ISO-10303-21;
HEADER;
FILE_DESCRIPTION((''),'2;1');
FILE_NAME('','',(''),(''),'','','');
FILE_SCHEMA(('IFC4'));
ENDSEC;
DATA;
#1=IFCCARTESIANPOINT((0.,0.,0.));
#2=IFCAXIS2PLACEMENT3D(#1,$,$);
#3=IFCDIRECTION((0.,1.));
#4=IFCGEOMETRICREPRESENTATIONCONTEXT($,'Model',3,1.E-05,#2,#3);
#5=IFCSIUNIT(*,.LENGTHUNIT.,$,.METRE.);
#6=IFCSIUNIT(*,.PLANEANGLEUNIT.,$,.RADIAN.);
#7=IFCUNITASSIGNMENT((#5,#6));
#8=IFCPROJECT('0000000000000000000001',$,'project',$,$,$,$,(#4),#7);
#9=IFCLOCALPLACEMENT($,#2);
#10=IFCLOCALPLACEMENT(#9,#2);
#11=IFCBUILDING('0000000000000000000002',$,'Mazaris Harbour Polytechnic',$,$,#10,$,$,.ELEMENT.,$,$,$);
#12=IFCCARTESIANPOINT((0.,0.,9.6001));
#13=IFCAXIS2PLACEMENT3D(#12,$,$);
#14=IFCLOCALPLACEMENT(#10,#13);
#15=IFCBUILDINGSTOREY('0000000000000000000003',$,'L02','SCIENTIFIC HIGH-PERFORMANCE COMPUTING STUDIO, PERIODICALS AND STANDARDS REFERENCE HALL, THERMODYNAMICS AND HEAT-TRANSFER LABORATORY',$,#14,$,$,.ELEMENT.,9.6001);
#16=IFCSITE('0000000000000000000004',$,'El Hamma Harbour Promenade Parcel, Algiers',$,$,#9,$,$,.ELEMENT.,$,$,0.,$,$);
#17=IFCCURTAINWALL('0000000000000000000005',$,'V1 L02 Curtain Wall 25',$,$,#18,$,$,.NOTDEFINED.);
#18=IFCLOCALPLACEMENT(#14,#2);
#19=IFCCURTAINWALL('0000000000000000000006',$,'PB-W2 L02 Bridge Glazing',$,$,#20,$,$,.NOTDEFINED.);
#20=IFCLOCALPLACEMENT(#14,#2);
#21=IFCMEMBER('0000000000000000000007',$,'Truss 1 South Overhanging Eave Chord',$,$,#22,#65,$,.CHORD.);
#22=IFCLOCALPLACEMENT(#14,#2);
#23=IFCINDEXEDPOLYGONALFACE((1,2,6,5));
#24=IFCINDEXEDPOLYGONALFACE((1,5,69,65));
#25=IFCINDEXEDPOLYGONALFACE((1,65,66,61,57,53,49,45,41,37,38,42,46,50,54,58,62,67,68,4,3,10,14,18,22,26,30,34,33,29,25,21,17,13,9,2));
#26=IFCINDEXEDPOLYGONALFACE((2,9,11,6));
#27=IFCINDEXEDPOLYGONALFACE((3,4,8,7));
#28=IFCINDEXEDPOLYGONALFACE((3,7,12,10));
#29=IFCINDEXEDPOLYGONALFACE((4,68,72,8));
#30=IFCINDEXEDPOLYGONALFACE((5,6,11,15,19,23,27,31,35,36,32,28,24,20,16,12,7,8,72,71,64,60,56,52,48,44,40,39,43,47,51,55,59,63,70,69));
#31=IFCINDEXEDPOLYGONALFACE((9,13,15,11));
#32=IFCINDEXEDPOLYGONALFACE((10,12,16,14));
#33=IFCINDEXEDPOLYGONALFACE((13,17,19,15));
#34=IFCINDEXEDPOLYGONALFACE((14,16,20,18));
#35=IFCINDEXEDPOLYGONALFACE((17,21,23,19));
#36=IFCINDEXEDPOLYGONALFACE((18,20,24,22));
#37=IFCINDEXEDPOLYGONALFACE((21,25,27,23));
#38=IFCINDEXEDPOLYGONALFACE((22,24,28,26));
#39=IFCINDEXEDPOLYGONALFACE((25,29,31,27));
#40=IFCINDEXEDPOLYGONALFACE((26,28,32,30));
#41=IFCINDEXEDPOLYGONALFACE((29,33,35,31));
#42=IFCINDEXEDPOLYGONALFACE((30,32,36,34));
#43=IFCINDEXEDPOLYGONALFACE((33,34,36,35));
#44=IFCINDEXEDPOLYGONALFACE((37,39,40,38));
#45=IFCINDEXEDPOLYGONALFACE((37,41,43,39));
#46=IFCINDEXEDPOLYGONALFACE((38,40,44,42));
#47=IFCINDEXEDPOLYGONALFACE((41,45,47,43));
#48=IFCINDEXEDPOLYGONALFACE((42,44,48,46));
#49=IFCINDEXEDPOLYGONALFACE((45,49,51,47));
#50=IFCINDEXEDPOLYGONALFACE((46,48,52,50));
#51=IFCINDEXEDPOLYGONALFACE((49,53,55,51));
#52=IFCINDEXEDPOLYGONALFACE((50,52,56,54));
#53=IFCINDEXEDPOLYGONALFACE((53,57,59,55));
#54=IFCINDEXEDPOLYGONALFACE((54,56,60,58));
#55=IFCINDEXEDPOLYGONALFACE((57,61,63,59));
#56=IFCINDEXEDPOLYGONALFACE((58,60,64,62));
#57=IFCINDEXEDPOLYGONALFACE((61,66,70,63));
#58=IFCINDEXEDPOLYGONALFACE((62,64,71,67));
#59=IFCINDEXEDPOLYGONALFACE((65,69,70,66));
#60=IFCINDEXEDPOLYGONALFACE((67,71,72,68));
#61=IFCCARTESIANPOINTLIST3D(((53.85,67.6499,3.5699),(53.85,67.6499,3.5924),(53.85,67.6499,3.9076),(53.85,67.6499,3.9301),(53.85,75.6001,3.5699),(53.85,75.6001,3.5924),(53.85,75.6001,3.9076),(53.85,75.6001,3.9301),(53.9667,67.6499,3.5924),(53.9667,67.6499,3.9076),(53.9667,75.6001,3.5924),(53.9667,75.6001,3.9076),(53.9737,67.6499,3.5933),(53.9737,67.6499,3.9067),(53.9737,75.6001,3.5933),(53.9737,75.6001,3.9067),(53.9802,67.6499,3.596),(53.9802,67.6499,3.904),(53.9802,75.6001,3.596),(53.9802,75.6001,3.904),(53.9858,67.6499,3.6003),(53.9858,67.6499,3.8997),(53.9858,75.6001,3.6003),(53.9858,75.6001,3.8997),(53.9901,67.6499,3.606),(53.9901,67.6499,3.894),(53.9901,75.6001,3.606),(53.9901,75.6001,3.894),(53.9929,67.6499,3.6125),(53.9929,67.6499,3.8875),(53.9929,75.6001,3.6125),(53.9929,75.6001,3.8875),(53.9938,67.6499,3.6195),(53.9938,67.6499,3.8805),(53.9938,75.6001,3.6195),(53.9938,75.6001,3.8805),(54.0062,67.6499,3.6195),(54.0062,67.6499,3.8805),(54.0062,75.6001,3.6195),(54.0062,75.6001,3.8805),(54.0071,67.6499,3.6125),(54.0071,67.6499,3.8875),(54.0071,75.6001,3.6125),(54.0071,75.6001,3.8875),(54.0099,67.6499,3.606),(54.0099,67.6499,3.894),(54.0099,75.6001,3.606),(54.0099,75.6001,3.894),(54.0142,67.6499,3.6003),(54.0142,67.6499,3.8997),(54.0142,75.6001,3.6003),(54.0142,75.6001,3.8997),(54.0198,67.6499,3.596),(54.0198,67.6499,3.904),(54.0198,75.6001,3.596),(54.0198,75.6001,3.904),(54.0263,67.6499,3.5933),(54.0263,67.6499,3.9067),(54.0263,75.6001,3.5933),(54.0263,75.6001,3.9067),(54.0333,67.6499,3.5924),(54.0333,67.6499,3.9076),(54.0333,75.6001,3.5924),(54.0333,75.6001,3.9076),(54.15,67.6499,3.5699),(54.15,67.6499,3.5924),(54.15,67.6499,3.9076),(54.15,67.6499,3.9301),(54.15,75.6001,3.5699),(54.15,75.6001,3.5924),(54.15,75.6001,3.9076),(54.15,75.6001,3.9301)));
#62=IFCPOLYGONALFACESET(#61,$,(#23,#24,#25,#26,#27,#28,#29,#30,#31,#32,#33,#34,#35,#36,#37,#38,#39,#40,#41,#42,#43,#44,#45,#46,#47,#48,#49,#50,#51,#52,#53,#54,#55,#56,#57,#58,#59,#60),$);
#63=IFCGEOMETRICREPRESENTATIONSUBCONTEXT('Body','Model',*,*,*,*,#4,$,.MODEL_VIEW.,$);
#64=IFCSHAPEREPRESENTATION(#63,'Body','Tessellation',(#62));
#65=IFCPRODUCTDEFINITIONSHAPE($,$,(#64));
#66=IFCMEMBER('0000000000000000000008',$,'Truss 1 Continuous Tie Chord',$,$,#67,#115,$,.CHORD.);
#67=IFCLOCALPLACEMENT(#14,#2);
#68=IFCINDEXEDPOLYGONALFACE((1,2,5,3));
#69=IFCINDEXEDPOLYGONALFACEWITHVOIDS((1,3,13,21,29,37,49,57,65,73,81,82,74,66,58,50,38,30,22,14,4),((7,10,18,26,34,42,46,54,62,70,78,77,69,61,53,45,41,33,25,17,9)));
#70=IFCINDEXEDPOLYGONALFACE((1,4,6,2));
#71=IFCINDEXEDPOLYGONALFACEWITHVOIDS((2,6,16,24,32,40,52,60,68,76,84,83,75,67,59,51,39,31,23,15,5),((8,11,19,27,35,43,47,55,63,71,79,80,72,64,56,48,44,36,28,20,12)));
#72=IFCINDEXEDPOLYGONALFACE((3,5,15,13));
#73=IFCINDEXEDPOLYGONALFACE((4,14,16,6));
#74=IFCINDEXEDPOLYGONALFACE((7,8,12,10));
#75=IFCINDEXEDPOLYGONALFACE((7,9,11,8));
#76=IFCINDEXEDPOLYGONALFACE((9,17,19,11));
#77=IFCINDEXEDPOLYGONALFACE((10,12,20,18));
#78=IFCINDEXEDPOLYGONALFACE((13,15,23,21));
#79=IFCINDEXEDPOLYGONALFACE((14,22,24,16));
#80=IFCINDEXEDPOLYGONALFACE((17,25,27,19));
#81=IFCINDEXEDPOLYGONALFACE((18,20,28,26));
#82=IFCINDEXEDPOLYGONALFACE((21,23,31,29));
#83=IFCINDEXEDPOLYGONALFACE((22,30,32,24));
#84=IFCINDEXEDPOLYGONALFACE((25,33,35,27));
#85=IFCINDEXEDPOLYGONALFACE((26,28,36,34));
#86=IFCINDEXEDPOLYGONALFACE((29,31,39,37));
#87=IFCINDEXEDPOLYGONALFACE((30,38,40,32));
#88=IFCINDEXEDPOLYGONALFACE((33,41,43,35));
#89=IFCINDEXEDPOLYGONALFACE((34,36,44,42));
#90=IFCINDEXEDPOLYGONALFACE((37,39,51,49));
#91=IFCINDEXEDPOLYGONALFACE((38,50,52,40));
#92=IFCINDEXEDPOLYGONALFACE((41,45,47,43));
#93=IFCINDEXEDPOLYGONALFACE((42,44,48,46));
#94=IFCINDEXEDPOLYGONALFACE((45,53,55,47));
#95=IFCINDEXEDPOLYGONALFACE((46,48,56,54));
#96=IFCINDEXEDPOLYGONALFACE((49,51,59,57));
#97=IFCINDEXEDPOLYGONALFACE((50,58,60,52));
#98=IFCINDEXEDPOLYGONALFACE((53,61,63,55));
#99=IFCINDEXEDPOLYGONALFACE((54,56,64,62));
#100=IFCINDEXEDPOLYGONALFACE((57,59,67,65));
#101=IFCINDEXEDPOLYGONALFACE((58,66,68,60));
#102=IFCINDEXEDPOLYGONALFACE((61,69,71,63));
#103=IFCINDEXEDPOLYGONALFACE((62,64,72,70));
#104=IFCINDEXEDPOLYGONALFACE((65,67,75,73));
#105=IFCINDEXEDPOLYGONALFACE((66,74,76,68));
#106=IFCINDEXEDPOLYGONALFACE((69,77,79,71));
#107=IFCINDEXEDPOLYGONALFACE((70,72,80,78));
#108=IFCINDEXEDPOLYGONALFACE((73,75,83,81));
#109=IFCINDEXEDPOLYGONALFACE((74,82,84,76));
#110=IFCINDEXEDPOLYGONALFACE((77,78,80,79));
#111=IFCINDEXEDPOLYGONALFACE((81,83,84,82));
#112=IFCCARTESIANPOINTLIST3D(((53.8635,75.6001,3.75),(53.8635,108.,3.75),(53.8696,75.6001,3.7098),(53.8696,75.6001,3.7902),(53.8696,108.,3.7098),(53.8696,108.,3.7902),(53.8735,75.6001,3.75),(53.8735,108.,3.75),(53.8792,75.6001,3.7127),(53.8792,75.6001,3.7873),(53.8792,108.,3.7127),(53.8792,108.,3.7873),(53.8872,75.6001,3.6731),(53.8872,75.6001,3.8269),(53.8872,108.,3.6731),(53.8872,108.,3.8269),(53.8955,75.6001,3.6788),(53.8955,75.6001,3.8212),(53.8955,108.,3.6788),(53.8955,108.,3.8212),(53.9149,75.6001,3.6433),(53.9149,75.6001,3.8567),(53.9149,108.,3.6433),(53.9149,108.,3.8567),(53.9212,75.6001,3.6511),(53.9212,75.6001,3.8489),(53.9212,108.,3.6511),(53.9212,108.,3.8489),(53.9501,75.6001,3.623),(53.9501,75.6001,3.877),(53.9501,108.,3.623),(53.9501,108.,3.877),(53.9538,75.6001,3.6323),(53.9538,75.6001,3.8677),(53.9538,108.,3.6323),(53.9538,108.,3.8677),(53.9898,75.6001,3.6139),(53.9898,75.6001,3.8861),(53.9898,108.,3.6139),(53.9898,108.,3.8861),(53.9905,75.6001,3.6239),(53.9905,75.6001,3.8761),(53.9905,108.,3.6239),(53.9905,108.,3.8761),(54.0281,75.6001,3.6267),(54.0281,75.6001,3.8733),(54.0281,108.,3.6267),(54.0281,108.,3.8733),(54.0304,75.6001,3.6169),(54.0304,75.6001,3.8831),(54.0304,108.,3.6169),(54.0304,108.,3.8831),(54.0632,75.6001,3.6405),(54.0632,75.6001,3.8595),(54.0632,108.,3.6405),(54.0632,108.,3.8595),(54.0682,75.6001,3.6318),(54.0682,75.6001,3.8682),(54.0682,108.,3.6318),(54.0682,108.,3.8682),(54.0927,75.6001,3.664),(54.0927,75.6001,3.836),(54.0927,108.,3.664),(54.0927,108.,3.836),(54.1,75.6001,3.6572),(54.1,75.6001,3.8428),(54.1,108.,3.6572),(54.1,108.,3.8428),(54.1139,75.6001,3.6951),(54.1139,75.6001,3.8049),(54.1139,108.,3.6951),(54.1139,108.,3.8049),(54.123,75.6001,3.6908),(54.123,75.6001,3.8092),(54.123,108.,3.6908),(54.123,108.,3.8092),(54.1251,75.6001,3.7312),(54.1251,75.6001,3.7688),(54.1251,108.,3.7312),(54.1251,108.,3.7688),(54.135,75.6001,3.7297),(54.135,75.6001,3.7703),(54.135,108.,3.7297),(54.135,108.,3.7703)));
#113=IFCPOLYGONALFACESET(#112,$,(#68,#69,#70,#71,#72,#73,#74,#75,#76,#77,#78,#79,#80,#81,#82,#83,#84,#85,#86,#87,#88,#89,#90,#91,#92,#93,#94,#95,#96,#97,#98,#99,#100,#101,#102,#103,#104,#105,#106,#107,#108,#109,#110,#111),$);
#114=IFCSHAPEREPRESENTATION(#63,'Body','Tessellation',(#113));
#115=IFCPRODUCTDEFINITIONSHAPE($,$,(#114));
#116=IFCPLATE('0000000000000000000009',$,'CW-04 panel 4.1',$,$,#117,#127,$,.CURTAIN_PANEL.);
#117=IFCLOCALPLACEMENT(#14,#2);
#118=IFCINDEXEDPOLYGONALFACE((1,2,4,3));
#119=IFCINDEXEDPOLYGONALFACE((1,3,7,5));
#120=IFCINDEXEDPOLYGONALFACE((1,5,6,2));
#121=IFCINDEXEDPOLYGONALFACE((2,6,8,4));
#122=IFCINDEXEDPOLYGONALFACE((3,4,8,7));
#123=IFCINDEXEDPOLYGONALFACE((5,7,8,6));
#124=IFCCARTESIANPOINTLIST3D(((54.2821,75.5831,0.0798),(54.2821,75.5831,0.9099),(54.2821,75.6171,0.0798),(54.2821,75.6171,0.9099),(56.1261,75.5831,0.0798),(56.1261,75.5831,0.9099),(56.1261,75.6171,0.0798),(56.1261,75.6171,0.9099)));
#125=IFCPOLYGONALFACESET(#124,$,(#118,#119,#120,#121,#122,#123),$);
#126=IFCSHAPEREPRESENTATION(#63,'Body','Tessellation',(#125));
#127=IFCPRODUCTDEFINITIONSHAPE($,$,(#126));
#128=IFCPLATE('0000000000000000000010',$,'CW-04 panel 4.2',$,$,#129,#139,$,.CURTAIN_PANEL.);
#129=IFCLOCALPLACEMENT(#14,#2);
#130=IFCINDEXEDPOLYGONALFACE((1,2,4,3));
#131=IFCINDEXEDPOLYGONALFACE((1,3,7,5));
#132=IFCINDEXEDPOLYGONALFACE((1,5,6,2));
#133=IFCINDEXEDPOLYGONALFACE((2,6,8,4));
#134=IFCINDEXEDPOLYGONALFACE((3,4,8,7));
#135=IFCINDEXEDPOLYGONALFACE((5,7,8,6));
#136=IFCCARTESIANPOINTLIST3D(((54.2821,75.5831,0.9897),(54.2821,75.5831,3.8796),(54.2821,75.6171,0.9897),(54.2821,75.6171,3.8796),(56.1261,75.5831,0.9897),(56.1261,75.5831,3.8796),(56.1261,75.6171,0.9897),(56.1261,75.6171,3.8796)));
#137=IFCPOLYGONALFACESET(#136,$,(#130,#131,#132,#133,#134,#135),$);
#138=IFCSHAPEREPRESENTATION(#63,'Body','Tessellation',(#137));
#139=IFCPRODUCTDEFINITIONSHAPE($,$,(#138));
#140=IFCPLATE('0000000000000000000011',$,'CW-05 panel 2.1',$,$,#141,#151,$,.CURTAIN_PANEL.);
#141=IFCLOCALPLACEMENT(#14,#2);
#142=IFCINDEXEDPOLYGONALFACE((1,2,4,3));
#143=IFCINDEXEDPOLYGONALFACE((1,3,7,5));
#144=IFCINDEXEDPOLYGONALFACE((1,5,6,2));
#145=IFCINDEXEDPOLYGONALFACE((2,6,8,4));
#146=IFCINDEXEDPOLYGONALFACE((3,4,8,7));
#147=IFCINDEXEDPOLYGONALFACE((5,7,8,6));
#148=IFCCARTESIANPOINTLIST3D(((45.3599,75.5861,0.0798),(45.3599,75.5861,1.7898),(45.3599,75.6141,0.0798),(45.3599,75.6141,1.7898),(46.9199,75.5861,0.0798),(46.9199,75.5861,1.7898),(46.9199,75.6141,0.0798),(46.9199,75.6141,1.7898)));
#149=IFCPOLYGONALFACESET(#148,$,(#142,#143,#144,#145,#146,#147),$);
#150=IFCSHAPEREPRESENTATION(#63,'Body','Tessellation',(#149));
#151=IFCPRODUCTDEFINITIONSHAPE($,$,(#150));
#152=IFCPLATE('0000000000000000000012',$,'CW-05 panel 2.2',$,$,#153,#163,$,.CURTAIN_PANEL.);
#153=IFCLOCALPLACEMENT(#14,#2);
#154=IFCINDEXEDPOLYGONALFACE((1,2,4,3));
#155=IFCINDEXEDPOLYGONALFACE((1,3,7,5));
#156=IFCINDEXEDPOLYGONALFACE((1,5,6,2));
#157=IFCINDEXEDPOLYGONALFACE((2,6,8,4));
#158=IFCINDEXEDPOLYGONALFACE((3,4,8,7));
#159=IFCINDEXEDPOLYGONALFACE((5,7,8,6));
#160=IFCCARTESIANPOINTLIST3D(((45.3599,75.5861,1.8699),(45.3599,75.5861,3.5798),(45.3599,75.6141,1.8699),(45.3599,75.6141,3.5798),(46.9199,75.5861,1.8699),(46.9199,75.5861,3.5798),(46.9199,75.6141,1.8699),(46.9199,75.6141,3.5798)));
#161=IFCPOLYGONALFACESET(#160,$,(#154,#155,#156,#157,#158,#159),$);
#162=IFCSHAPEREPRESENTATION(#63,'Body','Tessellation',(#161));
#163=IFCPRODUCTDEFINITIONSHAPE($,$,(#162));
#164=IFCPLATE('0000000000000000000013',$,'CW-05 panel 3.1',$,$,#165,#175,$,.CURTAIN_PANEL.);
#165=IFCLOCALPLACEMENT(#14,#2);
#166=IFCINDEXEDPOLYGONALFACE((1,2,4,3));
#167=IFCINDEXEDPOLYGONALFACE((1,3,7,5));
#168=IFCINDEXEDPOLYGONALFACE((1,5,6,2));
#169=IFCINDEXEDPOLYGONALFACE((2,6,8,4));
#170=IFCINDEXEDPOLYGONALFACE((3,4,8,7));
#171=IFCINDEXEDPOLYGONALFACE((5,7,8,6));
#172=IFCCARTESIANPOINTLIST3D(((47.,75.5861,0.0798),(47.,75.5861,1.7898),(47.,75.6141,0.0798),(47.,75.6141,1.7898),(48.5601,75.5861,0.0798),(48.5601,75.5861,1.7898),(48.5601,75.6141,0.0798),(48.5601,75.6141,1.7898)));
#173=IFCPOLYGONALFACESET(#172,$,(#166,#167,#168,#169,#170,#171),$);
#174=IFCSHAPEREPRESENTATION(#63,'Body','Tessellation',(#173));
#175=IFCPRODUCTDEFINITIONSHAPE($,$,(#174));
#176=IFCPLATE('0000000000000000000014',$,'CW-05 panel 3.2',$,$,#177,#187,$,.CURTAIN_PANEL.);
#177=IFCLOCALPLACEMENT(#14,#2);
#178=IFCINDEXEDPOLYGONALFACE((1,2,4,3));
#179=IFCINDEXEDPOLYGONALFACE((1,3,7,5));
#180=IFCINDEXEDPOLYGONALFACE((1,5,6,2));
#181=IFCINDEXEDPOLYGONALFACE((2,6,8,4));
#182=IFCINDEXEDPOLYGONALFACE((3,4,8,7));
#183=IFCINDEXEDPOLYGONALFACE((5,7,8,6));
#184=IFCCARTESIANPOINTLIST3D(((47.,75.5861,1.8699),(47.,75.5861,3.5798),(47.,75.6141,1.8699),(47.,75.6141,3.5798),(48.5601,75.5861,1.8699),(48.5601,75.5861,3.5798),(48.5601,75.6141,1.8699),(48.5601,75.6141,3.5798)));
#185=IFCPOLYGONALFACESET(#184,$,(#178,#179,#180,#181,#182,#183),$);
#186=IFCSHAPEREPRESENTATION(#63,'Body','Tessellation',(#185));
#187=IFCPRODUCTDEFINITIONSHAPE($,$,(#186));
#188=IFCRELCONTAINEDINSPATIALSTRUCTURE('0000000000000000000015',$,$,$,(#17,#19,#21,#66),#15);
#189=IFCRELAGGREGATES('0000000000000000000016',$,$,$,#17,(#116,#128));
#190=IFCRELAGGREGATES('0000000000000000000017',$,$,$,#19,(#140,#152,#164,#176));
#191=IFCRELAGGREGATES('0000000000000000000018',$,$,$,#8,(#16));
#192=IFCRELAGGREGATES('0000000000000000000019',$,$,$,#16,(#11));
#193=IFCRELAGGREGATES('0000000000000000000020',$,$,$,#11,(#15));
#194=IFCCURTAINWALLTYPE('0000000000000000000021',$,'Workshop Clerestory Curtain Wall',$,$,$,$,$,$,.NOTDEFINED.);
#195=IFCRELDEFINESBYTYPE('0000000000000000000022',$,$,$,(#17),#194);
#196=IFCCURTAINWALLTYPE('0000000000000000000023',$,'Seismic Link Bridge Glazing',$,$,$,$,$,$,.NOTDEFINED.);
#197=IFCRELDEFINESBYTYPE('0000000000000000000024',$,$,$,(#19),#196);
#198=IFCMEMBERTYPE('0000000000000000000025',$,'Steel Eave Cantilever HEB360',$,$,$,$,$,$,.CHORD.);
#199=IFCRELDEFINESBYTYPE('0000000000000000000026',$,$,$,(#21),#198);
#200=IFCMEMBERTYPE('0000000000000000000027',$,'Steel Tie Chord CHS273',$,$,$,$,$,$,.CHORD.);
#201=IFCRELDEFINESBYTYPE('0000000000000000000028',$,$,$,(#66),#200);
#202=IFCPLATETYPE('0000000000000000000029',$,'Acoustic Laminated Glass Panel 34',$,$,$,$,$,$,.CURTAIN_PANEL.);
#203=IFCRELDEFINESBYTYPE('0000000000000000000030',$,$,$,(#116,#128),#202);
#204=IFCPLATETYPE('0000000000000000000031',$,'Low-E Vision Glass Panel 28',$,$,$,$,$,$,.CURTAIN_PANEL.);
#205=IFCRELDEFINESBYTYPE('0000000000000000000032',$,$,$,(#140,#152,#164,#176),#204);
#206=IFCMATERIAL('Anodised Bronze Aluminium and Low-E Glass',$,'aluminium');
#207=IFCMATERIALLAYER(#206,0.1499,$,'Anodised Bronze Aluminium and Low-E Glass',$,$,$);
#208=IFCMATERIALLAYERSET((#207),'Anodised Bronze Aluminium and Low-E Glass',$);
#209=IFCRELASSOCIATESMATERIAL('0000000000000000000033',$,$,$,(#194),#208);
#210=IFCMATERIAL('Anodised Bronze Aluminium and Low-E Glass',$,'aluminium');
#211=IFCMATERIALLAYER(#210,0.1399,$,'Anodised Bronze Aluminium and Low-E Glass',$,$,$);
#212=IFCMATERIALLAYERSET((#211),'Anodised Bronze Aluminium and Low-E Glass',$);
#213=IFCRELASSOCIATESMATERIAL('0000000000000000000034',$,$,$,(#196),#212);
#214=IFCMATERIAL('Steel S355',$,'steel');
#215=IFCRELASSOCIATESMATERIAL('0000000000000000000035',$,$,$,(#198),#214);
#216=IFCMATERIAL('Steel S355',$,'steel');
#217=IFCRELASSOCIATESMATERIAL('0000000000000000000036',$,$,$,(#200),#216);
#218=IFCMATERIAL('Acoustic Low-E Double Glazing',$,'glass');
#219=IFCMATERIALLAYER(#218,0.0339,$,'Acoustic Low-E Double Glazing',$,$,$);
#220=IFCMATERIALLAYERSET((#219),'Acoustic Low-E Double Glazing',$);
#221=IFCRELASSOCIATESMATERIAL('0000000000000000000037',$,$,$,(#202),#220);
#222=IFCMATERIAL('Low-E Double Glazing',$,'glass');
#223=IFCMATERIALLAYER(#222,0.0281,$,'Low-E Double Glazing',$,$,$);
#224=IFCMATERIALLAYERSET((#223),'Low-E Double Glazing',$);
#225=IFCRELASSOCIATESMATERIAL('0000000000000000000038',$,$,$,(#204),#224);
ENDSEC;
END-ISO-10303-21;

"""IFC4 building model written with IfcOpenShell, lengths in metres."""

from ifc_helpers import new_model, si_unit, direction, frame, origin, origin_2d, place, context, subcontext, project, spatial, rectangle, hollow_circle, i_section, extrude, material, layer, layer_set, material_profile, profile_set, type_object, element, aggregate, save


model = new_model("IFC4")

# Units and contexts
model_context = context("Model", 3, precision=1e-05, world=origin(), true_north=direction((0.0, 1.0)))
body_context = subcontext(model_context, "Body", "Model", "MODEL_VIEW")
ifc_project = project(units=[si_unit("LENGTHUNIT", "METRE"), si_unit("PLANEANGLEUNIT", "RADIAN")], contexts=[model_context])

# Site, building, storey
site_placement = place(None, origin())
site = spatial("IfcSite", under=ifc_project, at=site_placement, Name="El Hamma Harbour Promenade Parcel, Algiers", CompositionType="ELEMENT", RefElevation=0.0)
building_placement = place(site_placement, origin())
building = spatial("IfcBuilding", under=site, at=building_placement, Name="Mazaris Harbour Polytechnic", CompositionType="ELEMENT")
storey_placement = place(building_placement, frame((0.0, 0.0, 9.6001)))
storey = spatial("IfcBuildingStorey", under=building, at=storey_placement, Name="L02", Description="SCIENTIFIC HIGH-PERFORMANCE COMPUTING STUDIO, PERIODICALS AND STANDARDS REFERENCE HALL, THERMODYNAMICS AND HEAT-TRANSFER LABORATORY", CompositionType="ELEMENT", Elevation=9.6001)

# Curtain wall
ifc_material_1 = material(Name="Anodised Bronze Aluminium and Low-E Glass", Category="aluminium")
ifc_layer_1 = layer(ifc_material_1, 0.1499, Name="Anodised Bronze Aluminium and Low-E Glass")
ifc_layer_set_1 = layer_set([ifc_layer_1], Name="Anodised Bronze Aluminium and Low-E Glass")
curtain_wall_type_1 = type_object("IfcCurtainWallType", Name="Workshop Clerestory Curtain Wall", PredefinedType="NOTDEFINED", material=ifc_layer_set_1)
curtain_wall_1_placement = place(storey_placement, origin())
curtain_wall_1 = element("IfcCurtainWall", 1, at=curtain_wall_1_placement, inside=storey, type_object=curtain_wall_type_1, Name="V1 L02 Curtain Wall 25", PredefinedType="NOTDEFINED")

# Curtain wall
ifc_material_2 = material(Name="Anodised Bronze Aluminium and Low-E Glass", Category="aluminium")
ifc_layer_2 = layer(ifc_material_2, 0.1399, Name="Anodised Bronze Aluminium and Low-E Glass")
ifc_layer_set_2 = layer_set([ifc_layer_2], Name="Anodised Bronze Aluminium and Low-E Glass")
curtain_wall_type_2 = type_object("IfcCurtainWallType", Name="Seismic Link Bridge Glazing", PredefinedType="NOTDEFINED", material=ifc_layer_set_2)
curtain_wall_2_placement = place(storey_placement, origin())
curtain_wall_2 = element("IfcCurtainWall", 2, at=curtain_wall_2_placement, inside=storey, type_object=curtain_wall_type_2, Name="PB-W2 L02 Bridge Glazing", PredefinedType="NOTDEFINED")

# Members
ifc_material_3 = material(Name="Steel S355", Category="steel")
ifc_material_profile_1 = material_profile(ifc_material_3, i_section(OverallWidth=0.3, OverallDepth=0.3601, WebThickness=0.0125, FlangeThickness=0.0225, FilletRadius=0.0271, at=origin_2d()), Name="HEB 360")
ifc_profile_set_1 = profile_set([ifc_material_profile_1], Name="Steel S355")
member_type_1 = type_object("IfcMemberType", Name="Steel Eave Cantilever HEB360", PredefinedType="CHORD", material=ifc_profile_set_1)
member_1_placement = place(storey_placement, frame((54.0, 75.6001, 3.75), z_axis=(0.0, -1.0, 0.0), x_axis=(1.0, 0.0, 0.0)))
element("IfcMember", 3, at=member_1_placement, inside=storey, type_object=member_type_1, Name="Truss 1 South Overhanging Eave Chord", PredefinedType="CHORD", context=body_context, shape_type="SweptSolid", body=[
    extrude(i_section(OverallWidth=0.3, OverallDepth=0.3601, WebThickness=0.0125, FlangeThickness=0.0225, FilletRadius=0.0271, at=origin_2d()), origin(), (0.0, 0.0, 1.0), 7.9502),
])
ifc_material_4 = material(Name="Steel S355", Category="steel")
ifc_material_profile_2 = material_profile(ifc_material_4, hollow_circle(Radius=0.1365, WallThickness=0.01, at=origin_2d()), Name="CHS 273.0x10.0")
ifc_profile_set_2 = profile_set([ifc_material_profile_2], Name="Steel S355")
member_type_2 = type_object("IfcMemberType", Name="Steel Tie Chord CHS273", PredefinedType="CHORD", material=ifc_profile_set_2)
member_2_placement = place(storey_placement, frame((54.0, 75.6001, 3.75), z_axis=(0.0, 1.0, 0.0), x_axis=(-1.0, 0.0, 0.0)))
element("IfcMember", 4, at=member_2_placement, inside=storey, type_object=member_type_2, Name="Truss 1 Continuous Tie Chord", PredefinedType="CHORD", context=body_context, shape_type="SweptSolid", body=[
    extrude(hollow_circle(Radius=0.1365, WallThickness=0.01, at=origin_2d()), origin(), (0.0, 0.0, 1.0), 32.3999),
])

# Plates
ifc_material_5 = material(Name="Acoustic Low-E Double Glazing", Category="glass")
ifc_layer_3 = layer(ifc_material_5, 0.0339, Name="Acoustic Low-E Double Glazing")
ifc_layer_set_3 = layer_set([ifc_layer_3], Name="Acoustic Low-E Double Glazing")
plate_type_1 = type_object("IfcPlateType", Name="Acoustic Laminated Glass Panel 34", PredefinedType="CURTAIN_PANEL", material=ifc_layer_set_3)
plate_1_placement = place(storey_placement, frame((55.2041, 75.6001, 0.0798), z_axis=(0.0, 0.0, 1.0), x_axis=(-1.0, 0.0, 0.0)))
plate_1 = element("IfcPlate", 5, at=plate_1_placement, type_object=plate_type_1, Name="CW-04 panel 4.1", PredefinedType="CURTAIN_PANEL", context=body_context, shape_type="SweptSolid", body=[
    extrude(rectangle(XDim=1.844, YDim=0.0339, at=origin_2d()), origin(), (0.0, 0.0, 1.0), 0.8301),
])
plate_2_placement = place(storey_placement, frame((55.2041, 75.6001, 0.9897), z_axis=(0.0, 0.0, 1.0), x_axis=(-1.0, 0.0, 0.0)))
plate_2 = element("IfcPlate", 6, at=plate_2_placement, type_object=plate_type_1, Name="CW-04 panel 4.2", PredefinedType="CURTAIN_PANEL", context=body_context, shape_type="SweptSolid", body=[
    extrude(rectangle(XDim=1.844, YDim=0.0339, at=origin_2d()), origin(), (0.0, 0.0, 1.0), 2.8899),
])
aggregate(curtain_wall_1, [plate_1, plate_2])
ifc_material_6 = material(Name="Low-E Double Glazing", Category="glass")
ifc_layer_4 = layer(ifc_material_6, 0.0281, Name="Low-E Double Glazing")
ifc_layer_set_4 = layer_set([ifc_layer_4], Name="Low-E Double Glazing")
plate_type_2 = type_object("IfcPlateType", Name="Low-E Vision Glass Panel 28", PredefinedType="CURTAIN_PANEL", material=ifc_layer_set_4)
plate_3_placement = place(storey_placement, frame((46.1399, 75.6001, 0.0798), z_axis=(0.0, 0.0, 1.0), x_axis=(1.0, 0.0, 0.0)))
plate_3 = element("IfcPlate", 7, at=plate_3_placement, type_object=plate_type_2, Name="CW-05 panel 2.1", PredefinedType="CURTAIN_PANEL", context=body_context, shape_type="SweptSolid", body=[
    extrude(rectangle(XDim=1.5601, YDim=0.0281, at=origin_2d()), origin(), (0.0, 0.0, 1.0), 1.71),
])
plate_4_placement = place(storey_placement, frame((46.1399, 75.6001, 1.8699), z_axis=(0.0, 0.0, 1.0), x_axis=(1.0, 0.0, 0.0)))
plate_4 = element("IfcPlate", 8, at=plate_4_placement, type_object=plate_type_2, Name="CW-05 panel 2.2", PredefinedType="CURTAIN_PANEL", context=body_context, shape_type="SweptSolid", body=[
    extrude(rectangle(XDim=1.5601, YDim=0.0281, at=origin_2d()), origin(), (0.0, 0.0, 1.0), 1.71),
])
plate_5_placement = place(storey_placement, frame((47.78, 75.6001, 0.0798), z_axis=(0.0, 0.0, 1.0), x_axis=(1.0, 0.0, 0.0)))
plate_5 = element("IfcPlate", 9, at=plate_5_placement, type_object=plate_type_2, Name="CW-05 panel 3.1", PredefinedType="CURTAIN_PANEL", context=body_context, shape_type="SweptSolid", body=[
    extrude(rectangle(XDim=1.5601, YDim=0.0281, at=origin_2d()), origin(), (0.0, 0.0, 1.0), 1.71),
])
plate_6_placement = place(storey_placement, frame((47.78, 75.6001, 1.8699), z_axis=(0.0, 0.0, 1.0), x_axis=(1.0, 0.0, 0.0)))
plate_6 = element("IfcPlate", 10, at=plate_6_placement, type_object=plate_type_2, Name="CW-05 panel 3.2", PredefinedType="CURTAIN_PANEL", context=body_context, shape_type="SweptSolid", body=[
    extrude(rectangle(XDim=1.5601, YDim=0.0281, at=origin_2d()), origin(), (0.0, 0.0, 1.0), 1.71),
])
aggregate(curtain_wall_2, [plate_3, plate_4, plate_5, plate_6])

save(model, "model.ifc")
